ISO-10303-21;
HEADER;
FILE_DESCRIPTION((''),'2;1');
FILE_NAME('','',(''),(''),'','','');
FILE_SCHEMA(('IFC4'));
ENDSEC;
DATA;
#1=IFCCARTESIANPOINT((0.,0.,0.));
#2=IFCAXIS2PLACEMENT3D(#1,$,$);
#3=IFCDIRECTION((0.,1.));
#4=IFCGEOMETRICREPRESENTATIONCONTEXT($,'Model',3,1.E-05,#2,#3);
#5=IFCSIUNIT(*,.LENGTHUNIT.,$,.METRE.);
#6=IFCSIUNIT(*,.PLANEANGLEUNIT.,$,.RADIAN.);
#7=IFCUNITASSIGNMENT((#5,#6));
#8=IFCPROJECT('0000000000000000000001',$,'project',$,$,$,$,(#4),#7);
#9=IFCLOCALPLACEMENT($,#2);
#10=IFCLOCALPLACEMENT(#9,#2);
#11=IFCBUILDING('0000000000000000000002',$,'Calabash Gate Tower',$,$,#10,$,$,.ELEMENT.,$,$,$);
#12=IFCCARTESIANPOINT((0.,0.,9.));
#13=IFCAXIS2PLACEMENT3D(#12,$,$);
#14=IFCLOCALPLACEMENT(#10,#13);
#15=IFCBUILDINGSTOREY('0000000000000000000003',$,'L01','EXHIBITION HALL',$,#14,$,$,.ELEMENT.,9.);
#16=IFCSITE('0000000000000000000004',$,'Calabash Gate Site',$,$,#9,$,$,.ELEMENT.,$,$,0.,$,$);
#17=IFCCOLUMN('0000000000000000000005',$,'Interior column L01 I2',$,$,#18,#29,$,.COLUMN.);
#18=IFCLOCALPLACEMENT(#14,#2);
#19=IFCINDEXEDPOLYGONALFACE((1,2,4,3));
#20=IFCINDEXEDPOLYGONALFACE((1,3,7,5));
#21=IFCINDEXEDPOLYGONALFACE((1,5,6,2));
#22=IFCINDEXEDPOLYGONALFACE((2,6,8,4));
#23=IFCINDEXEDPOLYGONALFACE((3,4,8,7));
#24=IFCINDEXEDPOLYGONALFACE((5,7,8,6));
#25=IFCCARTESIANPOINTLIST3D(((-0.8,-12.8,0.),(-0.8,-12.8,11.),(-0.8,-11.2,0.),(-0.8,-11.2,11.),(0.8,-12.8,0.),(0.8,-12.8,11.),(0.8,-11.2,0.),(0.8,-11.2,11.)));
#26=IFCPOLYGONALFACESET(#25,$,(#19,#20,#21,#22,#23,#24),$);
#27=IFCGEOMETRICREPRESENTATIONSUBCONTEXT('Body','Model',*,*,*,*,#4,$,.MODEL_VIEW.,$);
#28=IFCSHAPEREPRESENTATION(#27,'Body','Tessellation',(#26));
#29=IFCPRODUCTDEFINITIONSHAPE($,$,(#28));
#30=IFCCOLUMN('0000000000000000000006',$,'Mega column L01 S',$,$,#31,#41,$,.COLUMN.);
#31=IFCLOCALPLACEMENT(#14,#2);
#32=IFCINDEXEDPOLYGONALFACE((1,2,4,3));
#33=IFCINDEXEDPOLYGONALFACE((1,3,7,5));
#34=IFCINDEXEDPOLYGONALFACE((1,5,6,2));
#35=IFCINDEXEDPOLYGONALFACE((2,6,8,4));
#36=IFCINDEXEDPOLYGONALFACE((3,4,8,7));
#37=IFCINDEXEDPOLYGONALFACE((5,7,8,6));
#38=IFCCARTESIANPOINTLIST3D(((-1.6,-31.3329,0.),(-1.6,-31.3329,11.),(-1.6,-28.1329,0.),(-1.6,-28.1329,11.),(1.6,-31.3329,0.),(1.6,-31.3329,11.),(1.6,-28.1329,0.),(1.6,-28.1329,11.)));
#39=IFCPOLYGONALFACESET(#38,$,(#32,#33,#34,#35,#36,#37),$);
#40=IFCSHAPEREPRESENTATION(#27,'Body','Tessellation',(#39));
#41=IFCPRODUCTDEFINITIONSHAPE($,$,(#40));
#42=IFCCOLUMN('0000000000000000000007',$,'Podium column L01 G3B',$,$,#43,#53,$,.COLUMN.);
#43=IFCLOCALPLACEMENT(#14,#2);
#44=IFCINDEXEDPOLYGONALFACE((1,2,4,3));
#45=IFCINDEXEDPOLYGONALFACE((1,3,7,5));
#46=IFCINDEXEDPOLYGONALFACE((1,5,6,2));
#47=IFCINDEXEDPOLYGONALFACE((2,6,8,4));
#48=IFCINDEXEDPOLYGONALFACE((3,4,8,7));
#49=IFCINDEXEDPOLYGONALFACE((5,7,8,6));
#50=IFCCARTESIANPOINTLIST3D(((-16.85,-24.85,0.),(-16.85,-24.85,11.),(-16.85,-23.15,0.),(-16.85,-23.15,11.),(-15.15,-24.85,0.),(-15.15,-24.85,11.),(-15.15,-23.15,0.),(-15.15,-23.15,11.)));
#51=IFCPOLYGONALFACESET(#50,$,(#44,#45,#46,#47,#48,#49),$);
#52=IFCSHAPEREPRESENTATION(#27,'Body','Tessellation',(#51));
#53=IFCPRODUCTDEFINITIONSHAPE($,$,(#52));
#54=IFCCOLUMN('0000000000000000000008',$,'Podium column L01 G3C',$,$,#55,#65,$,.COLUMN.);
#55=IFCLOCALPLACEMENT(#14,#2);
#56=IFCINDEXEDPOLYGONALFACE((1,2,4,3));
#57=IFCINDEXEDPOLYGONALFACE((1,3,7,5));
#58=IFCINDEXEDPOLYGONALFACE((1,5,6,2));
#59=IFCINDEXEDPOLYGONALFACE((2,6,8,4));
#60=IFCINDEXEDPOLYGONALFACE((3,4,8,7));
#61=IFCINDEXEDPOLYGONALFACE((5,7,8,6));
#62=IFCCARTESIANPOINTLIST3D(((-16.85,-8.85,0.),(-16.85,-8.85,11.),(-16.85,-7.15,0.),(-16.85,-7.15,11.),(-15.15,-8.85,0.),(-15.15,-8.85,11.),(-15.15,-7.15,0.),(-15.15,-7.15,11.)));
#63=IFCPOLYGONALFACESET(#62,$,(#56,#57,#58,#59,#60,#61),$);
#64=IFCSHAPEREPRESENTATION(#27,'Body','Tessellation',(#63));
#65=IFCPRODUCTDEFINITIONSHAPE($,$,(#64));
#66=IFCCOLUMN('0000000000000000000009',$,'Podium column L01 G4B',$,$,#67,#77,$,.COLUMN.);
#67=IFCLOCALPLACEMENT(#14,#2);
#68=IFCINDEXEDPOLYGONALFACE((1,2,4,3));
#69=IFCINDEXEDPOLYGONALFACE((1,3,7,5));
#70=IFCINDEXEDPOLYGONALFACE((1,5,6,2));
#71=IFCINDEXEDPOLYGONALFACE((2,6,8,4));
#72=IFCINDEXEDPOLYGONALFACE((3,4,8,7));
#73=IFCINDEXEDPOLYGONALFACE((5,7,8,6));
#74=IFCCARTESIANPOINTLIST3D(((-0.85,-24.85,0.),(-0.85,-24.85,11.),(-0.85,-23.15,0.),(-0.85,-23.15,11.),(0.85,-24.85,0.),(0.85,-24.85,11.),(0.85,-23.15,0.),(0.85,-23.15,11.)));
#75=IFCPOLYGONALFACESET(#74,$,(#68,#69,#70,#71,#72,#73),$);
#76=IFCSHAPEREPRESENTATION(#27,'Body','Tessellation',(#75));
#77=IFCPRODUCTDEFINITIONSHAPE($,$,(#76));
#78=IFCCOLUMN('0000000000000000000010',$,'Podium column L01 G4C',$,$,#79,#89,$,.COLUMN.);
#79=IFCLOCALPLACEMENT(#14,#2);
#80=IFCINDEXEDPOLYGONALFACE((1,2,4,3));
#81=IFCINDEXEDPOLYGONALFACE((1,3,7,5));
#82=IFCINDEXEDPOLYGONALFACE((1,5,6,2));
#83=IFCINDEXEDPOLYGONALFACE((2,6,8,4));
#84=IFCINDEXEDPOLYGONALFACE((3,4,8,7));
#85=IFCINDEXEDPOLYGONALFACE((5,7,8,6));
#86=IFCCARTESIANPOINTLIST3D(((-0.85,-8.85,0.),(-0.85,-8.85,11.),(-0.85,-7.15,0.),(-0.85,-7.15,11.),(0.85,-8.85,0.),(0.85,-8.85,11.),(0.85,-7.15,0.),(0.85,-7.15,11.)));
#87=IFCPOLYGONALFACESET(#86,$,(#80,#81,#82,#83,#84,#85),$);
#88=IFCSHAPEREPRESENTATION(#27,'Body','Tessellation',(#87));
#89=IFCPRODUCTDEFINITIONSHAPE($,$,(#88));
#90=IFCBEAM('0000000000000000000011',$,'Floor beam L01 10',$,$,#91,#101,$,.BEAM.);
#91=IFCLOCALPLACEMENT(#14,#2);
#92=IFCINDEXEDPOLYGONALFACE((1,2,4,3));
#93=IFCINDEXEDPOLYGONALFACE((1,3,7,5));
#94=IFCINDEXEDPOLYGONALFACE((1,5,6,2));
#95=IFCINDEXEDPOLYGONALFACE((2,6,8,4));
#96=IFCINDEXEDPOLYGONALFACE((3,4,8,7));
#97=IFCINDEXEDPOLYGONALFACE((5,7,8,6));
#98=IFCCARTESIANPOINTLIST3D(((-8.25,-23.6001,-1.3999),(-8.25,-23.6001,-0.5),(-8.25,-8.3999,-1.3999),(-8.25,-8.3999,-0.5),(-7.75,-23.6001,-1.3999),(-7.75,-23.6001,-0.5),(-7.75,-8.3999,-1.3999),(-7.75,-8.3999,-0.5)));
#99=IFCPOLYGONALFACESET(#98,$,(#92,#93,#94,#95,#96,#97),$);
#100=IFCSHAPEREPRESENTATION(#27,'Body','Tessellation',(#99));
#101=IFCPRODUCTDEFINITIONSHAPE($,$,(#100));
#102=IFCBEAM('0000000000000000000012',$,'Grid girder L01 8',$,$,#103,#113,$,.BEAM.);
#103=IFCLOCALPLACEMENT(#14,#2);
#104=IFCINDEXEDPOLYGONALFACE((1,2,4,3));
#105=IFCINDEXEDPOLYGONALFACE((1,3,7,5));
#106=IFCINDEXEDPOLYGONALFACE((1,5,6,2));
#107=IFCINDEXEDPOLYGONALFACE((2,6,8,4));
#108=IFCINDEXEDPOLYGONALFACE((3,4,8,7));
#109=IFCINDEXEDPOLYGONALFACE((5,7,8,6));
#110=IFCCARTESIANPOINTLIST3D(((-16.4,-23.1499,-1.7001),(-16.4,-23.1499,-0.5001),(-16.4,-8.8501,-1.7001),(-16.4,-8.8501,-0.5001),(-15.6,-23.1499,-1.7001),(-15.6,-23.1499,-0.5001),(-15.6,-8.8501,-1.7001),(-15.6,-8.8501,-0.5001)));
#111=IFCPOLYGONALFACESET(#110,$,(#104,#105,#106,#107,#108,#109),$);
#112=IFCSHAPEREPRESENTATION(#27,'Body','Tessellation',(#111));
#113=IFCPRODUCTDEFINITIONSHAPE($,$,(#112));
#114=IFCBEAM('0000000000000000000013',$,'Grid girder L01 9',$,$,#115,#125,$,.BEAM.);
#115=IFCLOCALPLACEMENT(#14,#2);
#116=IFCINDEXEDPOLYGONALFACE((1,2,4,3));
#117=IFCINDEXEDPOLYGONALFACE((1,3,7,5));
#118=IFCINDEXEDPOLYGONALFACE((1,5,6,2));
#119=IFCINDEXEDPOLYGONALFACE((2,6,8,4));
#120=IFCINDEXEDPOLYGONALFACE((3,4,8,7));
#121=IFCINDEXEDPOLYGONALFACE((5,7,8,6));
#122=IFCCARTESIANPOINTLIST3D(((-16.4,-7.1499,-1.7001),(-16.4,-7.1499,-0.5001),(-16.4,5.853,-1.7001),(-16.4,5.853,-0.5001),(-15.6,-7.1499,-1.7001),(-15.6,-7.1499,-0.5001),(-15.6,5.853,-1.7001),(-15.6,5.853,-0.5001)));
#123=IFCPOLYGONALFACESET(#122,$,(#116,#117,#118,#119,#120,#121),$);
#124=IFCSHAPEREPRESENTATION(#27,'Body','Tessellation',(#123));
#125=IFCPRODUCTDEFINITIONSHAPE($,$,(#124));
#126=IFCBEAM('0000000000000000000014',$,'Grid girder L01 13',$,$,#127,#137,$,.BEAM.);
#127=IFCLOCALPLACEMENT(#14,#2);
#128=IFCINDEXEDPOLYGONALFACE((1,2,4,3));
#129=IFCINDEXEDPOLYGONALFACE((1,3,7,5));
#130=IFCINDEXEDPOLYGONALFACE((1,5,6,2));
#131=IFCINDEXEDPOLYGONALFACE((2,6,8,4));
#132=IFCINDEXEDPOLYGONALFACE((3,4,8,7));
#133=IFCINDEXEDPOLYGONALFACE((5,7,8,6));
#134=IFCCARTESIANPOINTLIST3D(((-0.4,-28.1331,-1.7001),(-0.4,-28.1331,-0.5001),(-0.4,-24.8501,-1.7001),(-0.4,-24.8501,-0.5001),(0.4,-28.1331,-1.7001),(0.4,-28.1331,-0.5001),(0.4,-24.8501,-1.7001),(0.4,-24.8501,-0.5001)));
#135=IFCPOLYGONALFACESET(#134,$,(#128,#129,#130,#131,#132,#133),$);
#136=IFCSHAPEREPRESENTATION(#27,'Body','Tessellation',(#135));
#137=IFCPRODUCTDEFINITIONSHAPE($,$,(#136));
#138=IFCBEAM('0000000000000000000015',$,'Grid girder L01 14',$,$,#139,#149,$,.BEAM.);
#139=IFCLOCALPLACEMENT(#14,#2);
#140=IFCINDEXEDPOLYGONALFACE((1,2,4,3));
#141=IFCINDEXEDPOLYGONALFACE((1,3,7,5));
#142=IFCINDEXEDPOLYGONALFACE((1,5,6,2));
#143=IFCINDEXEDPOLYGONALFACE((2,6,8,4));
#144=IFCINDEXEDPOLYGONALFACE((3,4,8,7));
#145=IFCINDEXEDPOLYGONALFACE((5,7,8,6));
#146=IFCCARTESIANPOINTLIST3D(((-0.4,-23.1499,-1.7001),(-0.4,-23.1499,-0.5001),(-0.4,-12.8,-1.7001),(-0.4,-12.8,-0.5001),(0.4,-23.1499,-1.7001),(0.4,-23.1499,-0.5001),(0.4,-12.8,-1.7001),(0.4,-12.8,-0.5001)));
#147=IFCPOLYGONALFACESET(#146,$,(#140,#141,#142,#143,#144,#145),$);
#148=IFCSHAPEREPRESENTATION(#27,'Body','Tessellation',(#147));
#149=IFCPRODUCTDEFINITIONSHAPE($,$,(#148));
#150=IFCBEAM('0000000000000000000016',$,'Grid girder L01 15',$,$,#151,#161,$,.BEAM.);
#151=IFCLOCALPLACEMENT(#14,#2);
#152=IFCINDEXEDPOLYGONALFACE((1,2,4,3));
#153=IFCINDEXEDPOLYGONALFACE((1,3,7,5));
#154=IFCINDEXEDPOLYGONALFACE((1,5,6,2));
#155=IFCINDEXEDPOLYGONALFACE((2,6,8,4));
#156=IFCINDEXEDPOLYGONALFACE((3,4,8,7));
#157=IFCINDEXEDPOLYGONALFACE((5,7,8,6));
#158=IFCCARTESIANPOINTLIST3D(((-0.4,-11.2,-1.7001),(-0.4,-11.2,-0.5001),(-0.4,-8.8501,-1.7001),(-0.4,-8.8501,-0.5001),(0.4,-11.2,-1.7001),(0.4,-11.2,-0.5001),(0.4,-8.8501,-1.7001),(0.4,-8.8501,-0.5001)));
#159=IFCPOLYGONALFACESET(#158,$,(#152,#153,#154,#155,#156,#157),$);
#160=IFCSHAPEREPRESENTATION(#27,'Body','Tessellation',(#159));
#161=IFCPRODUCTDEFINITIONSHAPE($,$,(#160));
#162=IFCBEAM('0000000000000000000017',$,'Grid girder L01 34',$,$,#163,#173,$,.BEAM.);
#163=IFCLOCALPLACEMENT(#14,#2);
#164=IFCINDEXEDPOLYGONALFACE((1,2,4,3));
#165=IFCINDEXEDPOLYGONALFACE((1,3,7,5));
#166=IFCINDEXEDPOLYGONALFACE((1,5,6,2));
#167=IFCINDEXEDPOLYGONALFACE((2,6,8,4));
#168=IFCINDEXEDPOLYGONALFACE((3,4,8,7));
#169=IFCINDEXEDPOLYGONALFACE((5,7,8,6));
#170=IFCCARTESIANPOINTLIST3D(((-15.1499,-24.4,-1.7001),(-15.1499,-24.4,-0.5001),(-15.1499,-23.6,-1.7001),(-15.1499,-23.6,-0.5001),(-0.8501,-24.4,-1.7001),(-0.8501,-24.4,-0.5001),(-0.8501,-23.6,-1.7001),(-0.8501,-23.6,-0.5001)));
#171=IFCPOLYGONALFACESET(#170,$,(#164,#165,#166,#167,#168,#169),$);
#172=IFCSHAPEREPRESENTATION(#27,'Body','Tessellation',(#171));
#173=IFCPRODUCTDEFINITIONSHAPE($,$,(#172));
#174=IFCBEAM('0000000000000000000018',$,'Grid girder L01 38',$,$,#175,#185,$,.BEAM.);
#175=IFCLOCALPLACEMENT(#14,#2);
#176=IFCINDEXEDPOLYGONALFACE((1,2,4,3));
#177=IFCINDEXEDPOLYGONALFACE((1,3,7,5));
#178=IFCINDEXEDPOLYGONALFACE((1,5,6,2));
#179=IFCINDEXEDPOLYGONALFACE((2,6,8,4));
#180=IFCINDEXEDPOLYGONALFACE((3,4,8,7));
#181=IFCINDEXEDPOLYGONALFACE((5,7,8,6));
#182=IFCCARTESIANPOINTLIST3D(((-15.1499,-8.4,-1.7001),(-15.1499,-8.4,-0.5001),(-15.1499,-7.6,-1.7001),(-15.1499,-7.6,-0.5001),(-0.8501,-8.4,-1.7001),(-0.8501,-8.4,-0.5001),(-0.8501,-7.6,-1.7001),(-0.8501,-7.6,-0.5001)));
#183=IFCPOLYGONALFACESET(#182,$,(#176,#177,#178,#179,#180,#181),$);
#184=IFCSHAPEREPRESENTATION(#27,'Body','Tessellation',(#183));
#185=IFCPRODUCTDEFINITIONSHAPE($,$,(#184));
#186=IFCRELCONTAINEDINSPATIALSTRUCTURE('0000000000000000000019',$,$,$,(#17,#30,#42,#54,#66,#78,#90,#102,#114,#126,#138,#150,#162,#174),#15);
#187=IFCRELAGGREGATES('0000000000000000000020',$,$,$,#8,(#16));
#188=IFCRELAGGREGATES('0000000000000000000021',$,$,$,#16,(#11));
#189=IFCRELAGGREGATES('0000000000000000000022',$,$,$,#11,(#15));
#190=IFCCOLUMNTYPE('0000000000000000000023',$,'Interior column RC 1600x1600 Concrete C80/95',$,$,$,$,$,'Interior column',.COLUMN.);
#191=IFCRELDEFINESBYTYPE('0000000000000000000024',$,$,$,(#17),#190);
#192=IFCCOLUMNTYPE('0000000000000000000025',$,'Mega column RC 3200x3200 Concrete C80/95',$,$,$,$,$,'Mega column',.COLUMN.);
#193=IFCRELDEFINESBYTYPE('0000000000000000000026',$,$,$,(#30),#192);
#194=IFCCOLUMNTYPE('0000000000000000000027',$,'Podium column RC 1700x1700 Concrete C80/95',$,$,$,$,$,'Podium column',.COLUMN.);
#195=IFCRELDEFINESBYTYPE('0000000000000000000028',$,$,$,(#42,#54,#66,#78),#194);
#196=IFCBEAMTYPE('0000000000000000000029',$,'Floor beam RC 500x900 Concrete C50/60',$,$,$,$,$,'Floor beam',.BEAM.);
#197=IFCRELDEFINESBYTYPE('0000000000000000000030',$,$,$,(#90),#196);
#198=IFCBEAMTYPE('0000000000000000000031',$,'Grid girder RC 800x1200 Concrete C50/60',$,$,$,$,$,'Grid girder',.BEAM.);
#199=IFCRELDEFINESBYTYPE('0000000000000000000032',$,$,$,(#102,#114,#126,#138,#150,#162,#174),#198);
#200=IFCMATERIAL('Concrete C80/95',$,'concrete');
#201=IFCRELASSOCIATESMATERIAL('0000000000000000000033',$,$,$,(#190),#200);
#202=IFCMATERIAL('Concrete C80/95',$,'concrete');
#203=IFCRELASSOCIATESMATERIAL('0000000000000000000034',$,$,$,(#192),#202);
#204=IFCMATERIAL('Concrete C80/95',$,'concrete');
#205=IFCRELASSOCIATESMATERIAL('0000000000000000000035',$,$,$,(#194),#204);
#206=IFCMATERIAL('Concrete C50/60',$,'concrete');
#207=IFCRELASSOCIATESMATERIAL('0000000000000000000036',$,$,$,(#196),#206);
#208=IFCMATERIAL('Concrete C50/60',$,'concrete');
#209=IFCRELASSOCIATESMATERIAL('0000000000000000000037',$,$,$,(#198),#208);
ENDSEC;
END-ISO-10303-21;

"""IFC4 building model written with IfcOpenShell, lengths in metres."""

from ifc_helpers import new_model, si_unit, direction, frame, origin, origin_2d, place, context, subcontext, project, spatial, rectangle, extrude, material, material_profile, profile_set, type_object, element, save


model = new_model("IFC4")

# Units and contexts
model_context = context("Model", 3, precision=1e-05, world=origin(), true_north=direction((0.0, 1.0)))
body_context = subcontext(model_context, "Body", "Model", "MODEL_VIEW")
ifc_project = project(units=[si_unit("LENGTHUNIT", "METRE"), si_unit("PLANEANGLEUNIT", "RADIAN")], contexts=[model_context])

# Site, building, storey
site_placement = place(None, origin())
site = spatial("IfcSite", under=ifc_project, at=site_placement, Name="Calabash Gate Site", CompositionType="ELEMENT", RefElevation=0.0)
building_placement = place(site_placement, origin())
building = spatial("IfcBuilding", under=site, at=building_placement, Name="Calabash Gate Tower", CompositionType="ELEMENT")
storey_placement = place(building_placement, frame((0.0, 0.0, 9.0)))
storey = spatial("IfcBuildingStorey", under=building, at=storey_placement, Name="L01", Description="EXHIBITION HALL", CompositionType="ELEMENT", Elevation=9.0)

# Columns
ifc_material_1 = material(Name="Concrete C80/95", Category="concrete")
ifc_material_profile_1 = material_profile(ifc_material_1, rectangle(XDim=1.6001, YDim=1.6001, at=origin_2d()))
ifc_profile_set_1 = profile_set([ifc_material_profile_1], Name="Concrete C80/95")
column_type_1 = type_object("IfcColumnType", Name="Interior column RC 1600x1600 Concrete C80/95", ElementType="Interior column", PredefinedType="COLUMN", material=ifc_profile_set_1)
column_1_placement = place(storey_placement, frame((0.0, -12.0, 0.0), z_axis=(0.0, 0.0, 1.0), x_axis=(1.0, 0.0, 0.0)))
element("IfcColumn", 1, at=column_1_placement, inside=storey, type_object=column_type_1, Name="Interior column L01 I2", PredefinedType="COLUMN", context=body_context, shape_type="SweptSolid", body=[
    extrude(rectangle(XDim=1.6001, YDim=1.6001, at=origin_2d()), origin(), (0.0, 0.0, 1.0), 11.0),
])
ifc_material_2 = material(Name="Concrete C80/95", Category="concrete")
ifc_material_profile_2 = material_profile(ifc_material_2, rectangle(XDim=3.2, YDim=3.2, at=origin_2d()))
ifc_profile_set_2 = profile_set([ifc_material_profile_2], Name="Concrete C80/95")
column_type_2 = type_object("IfcColumnType", Name="Mega column RC 3200x3200 Concrete C80/95", ElementType="Mega column", PredefinedType="COLUMN", material=ifc_profile_set_2)
column_2_placement = place(storey_placement, frame((0.0, -29.7329, 0.0), z_axis=(0.0, 0.0, 1.0), x_axis=(0.0, 1.0, 0.0)))
element("IfcColumn", 2, at=column_2_placement, inside=storey, type_object=column_type_2, Name="Mega column L01 S", PredefinedType="COLUMN", context=body_context, shape_type="SweptSolid", body=[
    extrude(rectangle(XDim=3.2, YDim=3.2, at=origin_2d()), origin(), (0.0, 0.0, 1.0), 11.0),
])
ifc_material_3 = material(Name="Concrete C80/95", Category="concrete")
ifc_material_profile_3 = material_profile(ifc_material_3, rectangle(XDim=1.7, YDim=1.7, at=origin_2d()))
ifc_profile_set_3 = profile_set([ifc_material_profile_3], Name="Concrete C80/95")
column_type_3 = type_object("IfcColumnType", Name="Podium column RC 1700x1700 Concrete C80/95", ElementType="Podium column", PredefinedType="COLUMN", material=ifc_profile_set_3)
for number, where, z_axis, x_axis, name in (
    (3, (-16.0, -24.0, 0.0), (0.0, 0.0, 1.0), (1.0, 0.0, 0.0), "Podium column L01 G3B"),
    (4, (-16.0, -8.0, 0.0), (0.0, 0.0, 1.0), (1.0, 0.0, 0.0), "Podium column L01 G3C"),
    (5, (0.0, -24.0, 0.0), (0.0, 0.0, 1.0), (1.0, 0.0, 0.0), "Podium column L01 G4B"),
    (6, (0.0, -8.0, 0.0), (0.0, 0.0, 1.0), (1.0, 0.0, 0.0), "Podium column L01 G4C"),
):
    element("IfcColumn", number, at=place(storey_placement, frame(where, z_axis=z_axis, x_axis=x_axis)), inside=storey, type_object=column_type_3, Name=name, PredefinedType="COLUMN", context=body_context, shape_type="SweptSolid", body=[
        extrude(rectangle(XDim=1.7, YDim=1.7, at=origin_2d()), origin(), (0.0, 0.0, 1.0), 11.0),
    ])

# Beams
ifc_material_4 = material(Name="Concrete C50/60", Category="concrete")
ifc_material_profile_4 = material_profile(ifc_material_4, rectangle(XDim=0.5, YDim=0.8999, at=origin_2d()))
ifc_profile_set_4 = profile_set([ifc_material_profile_4], Name="Concrete C50/60")
beam_type_1 = type_object("IfcBeamType", Name="Floor beam RC 500x900 Concrete C50/60", ElementType="Floor beam", PredefinedType="BEAM", material=ifc_profile_set_4)
beam_1_placement = place(storey_placement, frame((-8.0, -23.6001, -0.95), z_axis=(0.0, 1.0, 0.0), x_axis=(-1.0, 0.0, 0.0)))
element("IfcBeam", 7, at=beam_1_placement, inside=storey, type_object=beam_type_1, Name="Floor beam L01 10", PredefinedType="BEAM", context=body_context, shape_type="SweptSolid", body=[
    extrude(rectangle(XDim=0.5, YDim=0.8999, at=origin_2d()), origin(), (0.0, 0.0, 1.0), 15.2002),
])
ifc_material_5 = material(Name="Concrete C50/60", Category="concrete")
ifc_material_profile_5 = material_profile(ifc_material_5, rectangle(XDim=0.8, YDim=1.2, at=origin_2d()))
ifc_profile_set_5 = profile_set([ifc_material_profile_5], Name="Concrete C50/60")
beam_type_2 = type_object("IfcBeamType", Name="Grid girder RC 800x1200 Concrete C50/60", ElementType="Grid girder", PredefinedType="BEAM", material=ifc_profile_set_5)
beam_2_placement = place(storey_placement, frame((-16.0, -23.1499, -1.1001), z_axis=(0.0, 1.0, 0.0), x_axis=(-1.0, 0.0, 0.0)))
element("IfcBeam", 8, at=beam_2_placement, inside=storey, type_object=beam_type_2, Name="Grid girder L01 8", PredefinedType="BEAM", context=body_context, shape_type="SweptSolid", body=[
    extrude(rectangle(XDim=0.8, YDim=1.2, at=origin_2d()), origin(), (0.0, 0.0, 1.0), 14.2998),
])
beam_3_placement = place(storey_placement, frame((-16.0, -7.1499, -1.1001), z_axis=(0.0, 1.0, 0.0), x_axis=(-1.0, 0.0, 0.0)))
element("IfcBeam", 9, at=beam_3_placement, inside=storey, type_object=beam_type_2, Name="Grid girder L01 9", PredefinedType="BEAM", context=body_context, shape_type="SweptSolid", body=[
    extrude(rectangle(XDim=0.8, YDim=1.2, at=origin_2d()), origin(), (0.0, 0.0, 1.0), 13.0029),
])
beam_4_placement = place(storey_placement, frame((0.0, -28.1331, -1.1001), z_axis=(0.0, 1.0, 0.0), x_axis=(-1.0, 0.0, 0.0)))
element("IfcBeam", 10, at=beam_4_placement, inside=storey, type_object=beam_type_2, Name="Grid girder L01 13", PredefinedType="BEAM", context=body_context, shape_type="SweptSolid", body=[
    extrude(rectangle(XDim=0.8, YDim=1.2, at=origin_2d()), origin(), (0.0, 0.0, 1.0), 3.283),
])
beam_5_placement = place(storey_placement, frame((0.0, -23.1499, -1.1001), z_axis=(0.0, 1.0, 0.0), x_axis=(-1.0, 0.0, 0.0)))
element("IfcBeam", 11, at=beam_5_placement, inside=storey, type_object=beam_type_2, Name="Grid girder L01 14", PredefinedType="BEAM", context=body_context, shape_type="SweptSolid", body=[
    extrude(rectangle(XDim=0.8, YDim=1.2, at=origin_2d()), origin(), (0.0, 0.0, 1.0), 10.3499),
])
beam_6_placement = place(storey_placement, frame((0.0, -11.2, -1.1001), z_axis=(0.0, 1.0, 0.0), x_axis=(-1.0, 0.0, 0.0)))
element("IfcBeam", 12, at=beam_6_placement, inside=storey, type_object=beam_type_2, Name="Grid girder L01 15", PredefinedType="BEAM", context=body_context, shape_type="SweptSolid", body=[
    extrude(rectangle(XDim=0.8, YDim=1.2, at=origin_2d()), origin(), (0.0, 0.0, 1.0), 2.3499),
])
for number, where, z_axis, x_axis, name in (
    (13, (-15.1499, -24.0, -1.1001), (1.0, 0.0, 0.0), (0.0, 1.0, 0.0), "Grid girder L01 34"),
    (14, (-15.1499, -8.0, -1.1001), (1.0, 0.0, 0.0), (0.0, 1.0, 0.0), "Grid girder L01 38"),
):
    element("IfcBeam", number, at=place(storey_placement, frame(where, z_axis=z_axis, x_axis=x_axis)), inside=storey, type_object=beam_type_2, Name=name, PredefinedType="BEAM", context=body_context, shape_type="SweptSolid", body=[
        extrude(rectangle(XDim=0.8, YDim=1.2, at=origin_2d()), origin(), (0.0, 0.0, 1.0), 14.2998),
    ])

save(model, "model.ifc")
